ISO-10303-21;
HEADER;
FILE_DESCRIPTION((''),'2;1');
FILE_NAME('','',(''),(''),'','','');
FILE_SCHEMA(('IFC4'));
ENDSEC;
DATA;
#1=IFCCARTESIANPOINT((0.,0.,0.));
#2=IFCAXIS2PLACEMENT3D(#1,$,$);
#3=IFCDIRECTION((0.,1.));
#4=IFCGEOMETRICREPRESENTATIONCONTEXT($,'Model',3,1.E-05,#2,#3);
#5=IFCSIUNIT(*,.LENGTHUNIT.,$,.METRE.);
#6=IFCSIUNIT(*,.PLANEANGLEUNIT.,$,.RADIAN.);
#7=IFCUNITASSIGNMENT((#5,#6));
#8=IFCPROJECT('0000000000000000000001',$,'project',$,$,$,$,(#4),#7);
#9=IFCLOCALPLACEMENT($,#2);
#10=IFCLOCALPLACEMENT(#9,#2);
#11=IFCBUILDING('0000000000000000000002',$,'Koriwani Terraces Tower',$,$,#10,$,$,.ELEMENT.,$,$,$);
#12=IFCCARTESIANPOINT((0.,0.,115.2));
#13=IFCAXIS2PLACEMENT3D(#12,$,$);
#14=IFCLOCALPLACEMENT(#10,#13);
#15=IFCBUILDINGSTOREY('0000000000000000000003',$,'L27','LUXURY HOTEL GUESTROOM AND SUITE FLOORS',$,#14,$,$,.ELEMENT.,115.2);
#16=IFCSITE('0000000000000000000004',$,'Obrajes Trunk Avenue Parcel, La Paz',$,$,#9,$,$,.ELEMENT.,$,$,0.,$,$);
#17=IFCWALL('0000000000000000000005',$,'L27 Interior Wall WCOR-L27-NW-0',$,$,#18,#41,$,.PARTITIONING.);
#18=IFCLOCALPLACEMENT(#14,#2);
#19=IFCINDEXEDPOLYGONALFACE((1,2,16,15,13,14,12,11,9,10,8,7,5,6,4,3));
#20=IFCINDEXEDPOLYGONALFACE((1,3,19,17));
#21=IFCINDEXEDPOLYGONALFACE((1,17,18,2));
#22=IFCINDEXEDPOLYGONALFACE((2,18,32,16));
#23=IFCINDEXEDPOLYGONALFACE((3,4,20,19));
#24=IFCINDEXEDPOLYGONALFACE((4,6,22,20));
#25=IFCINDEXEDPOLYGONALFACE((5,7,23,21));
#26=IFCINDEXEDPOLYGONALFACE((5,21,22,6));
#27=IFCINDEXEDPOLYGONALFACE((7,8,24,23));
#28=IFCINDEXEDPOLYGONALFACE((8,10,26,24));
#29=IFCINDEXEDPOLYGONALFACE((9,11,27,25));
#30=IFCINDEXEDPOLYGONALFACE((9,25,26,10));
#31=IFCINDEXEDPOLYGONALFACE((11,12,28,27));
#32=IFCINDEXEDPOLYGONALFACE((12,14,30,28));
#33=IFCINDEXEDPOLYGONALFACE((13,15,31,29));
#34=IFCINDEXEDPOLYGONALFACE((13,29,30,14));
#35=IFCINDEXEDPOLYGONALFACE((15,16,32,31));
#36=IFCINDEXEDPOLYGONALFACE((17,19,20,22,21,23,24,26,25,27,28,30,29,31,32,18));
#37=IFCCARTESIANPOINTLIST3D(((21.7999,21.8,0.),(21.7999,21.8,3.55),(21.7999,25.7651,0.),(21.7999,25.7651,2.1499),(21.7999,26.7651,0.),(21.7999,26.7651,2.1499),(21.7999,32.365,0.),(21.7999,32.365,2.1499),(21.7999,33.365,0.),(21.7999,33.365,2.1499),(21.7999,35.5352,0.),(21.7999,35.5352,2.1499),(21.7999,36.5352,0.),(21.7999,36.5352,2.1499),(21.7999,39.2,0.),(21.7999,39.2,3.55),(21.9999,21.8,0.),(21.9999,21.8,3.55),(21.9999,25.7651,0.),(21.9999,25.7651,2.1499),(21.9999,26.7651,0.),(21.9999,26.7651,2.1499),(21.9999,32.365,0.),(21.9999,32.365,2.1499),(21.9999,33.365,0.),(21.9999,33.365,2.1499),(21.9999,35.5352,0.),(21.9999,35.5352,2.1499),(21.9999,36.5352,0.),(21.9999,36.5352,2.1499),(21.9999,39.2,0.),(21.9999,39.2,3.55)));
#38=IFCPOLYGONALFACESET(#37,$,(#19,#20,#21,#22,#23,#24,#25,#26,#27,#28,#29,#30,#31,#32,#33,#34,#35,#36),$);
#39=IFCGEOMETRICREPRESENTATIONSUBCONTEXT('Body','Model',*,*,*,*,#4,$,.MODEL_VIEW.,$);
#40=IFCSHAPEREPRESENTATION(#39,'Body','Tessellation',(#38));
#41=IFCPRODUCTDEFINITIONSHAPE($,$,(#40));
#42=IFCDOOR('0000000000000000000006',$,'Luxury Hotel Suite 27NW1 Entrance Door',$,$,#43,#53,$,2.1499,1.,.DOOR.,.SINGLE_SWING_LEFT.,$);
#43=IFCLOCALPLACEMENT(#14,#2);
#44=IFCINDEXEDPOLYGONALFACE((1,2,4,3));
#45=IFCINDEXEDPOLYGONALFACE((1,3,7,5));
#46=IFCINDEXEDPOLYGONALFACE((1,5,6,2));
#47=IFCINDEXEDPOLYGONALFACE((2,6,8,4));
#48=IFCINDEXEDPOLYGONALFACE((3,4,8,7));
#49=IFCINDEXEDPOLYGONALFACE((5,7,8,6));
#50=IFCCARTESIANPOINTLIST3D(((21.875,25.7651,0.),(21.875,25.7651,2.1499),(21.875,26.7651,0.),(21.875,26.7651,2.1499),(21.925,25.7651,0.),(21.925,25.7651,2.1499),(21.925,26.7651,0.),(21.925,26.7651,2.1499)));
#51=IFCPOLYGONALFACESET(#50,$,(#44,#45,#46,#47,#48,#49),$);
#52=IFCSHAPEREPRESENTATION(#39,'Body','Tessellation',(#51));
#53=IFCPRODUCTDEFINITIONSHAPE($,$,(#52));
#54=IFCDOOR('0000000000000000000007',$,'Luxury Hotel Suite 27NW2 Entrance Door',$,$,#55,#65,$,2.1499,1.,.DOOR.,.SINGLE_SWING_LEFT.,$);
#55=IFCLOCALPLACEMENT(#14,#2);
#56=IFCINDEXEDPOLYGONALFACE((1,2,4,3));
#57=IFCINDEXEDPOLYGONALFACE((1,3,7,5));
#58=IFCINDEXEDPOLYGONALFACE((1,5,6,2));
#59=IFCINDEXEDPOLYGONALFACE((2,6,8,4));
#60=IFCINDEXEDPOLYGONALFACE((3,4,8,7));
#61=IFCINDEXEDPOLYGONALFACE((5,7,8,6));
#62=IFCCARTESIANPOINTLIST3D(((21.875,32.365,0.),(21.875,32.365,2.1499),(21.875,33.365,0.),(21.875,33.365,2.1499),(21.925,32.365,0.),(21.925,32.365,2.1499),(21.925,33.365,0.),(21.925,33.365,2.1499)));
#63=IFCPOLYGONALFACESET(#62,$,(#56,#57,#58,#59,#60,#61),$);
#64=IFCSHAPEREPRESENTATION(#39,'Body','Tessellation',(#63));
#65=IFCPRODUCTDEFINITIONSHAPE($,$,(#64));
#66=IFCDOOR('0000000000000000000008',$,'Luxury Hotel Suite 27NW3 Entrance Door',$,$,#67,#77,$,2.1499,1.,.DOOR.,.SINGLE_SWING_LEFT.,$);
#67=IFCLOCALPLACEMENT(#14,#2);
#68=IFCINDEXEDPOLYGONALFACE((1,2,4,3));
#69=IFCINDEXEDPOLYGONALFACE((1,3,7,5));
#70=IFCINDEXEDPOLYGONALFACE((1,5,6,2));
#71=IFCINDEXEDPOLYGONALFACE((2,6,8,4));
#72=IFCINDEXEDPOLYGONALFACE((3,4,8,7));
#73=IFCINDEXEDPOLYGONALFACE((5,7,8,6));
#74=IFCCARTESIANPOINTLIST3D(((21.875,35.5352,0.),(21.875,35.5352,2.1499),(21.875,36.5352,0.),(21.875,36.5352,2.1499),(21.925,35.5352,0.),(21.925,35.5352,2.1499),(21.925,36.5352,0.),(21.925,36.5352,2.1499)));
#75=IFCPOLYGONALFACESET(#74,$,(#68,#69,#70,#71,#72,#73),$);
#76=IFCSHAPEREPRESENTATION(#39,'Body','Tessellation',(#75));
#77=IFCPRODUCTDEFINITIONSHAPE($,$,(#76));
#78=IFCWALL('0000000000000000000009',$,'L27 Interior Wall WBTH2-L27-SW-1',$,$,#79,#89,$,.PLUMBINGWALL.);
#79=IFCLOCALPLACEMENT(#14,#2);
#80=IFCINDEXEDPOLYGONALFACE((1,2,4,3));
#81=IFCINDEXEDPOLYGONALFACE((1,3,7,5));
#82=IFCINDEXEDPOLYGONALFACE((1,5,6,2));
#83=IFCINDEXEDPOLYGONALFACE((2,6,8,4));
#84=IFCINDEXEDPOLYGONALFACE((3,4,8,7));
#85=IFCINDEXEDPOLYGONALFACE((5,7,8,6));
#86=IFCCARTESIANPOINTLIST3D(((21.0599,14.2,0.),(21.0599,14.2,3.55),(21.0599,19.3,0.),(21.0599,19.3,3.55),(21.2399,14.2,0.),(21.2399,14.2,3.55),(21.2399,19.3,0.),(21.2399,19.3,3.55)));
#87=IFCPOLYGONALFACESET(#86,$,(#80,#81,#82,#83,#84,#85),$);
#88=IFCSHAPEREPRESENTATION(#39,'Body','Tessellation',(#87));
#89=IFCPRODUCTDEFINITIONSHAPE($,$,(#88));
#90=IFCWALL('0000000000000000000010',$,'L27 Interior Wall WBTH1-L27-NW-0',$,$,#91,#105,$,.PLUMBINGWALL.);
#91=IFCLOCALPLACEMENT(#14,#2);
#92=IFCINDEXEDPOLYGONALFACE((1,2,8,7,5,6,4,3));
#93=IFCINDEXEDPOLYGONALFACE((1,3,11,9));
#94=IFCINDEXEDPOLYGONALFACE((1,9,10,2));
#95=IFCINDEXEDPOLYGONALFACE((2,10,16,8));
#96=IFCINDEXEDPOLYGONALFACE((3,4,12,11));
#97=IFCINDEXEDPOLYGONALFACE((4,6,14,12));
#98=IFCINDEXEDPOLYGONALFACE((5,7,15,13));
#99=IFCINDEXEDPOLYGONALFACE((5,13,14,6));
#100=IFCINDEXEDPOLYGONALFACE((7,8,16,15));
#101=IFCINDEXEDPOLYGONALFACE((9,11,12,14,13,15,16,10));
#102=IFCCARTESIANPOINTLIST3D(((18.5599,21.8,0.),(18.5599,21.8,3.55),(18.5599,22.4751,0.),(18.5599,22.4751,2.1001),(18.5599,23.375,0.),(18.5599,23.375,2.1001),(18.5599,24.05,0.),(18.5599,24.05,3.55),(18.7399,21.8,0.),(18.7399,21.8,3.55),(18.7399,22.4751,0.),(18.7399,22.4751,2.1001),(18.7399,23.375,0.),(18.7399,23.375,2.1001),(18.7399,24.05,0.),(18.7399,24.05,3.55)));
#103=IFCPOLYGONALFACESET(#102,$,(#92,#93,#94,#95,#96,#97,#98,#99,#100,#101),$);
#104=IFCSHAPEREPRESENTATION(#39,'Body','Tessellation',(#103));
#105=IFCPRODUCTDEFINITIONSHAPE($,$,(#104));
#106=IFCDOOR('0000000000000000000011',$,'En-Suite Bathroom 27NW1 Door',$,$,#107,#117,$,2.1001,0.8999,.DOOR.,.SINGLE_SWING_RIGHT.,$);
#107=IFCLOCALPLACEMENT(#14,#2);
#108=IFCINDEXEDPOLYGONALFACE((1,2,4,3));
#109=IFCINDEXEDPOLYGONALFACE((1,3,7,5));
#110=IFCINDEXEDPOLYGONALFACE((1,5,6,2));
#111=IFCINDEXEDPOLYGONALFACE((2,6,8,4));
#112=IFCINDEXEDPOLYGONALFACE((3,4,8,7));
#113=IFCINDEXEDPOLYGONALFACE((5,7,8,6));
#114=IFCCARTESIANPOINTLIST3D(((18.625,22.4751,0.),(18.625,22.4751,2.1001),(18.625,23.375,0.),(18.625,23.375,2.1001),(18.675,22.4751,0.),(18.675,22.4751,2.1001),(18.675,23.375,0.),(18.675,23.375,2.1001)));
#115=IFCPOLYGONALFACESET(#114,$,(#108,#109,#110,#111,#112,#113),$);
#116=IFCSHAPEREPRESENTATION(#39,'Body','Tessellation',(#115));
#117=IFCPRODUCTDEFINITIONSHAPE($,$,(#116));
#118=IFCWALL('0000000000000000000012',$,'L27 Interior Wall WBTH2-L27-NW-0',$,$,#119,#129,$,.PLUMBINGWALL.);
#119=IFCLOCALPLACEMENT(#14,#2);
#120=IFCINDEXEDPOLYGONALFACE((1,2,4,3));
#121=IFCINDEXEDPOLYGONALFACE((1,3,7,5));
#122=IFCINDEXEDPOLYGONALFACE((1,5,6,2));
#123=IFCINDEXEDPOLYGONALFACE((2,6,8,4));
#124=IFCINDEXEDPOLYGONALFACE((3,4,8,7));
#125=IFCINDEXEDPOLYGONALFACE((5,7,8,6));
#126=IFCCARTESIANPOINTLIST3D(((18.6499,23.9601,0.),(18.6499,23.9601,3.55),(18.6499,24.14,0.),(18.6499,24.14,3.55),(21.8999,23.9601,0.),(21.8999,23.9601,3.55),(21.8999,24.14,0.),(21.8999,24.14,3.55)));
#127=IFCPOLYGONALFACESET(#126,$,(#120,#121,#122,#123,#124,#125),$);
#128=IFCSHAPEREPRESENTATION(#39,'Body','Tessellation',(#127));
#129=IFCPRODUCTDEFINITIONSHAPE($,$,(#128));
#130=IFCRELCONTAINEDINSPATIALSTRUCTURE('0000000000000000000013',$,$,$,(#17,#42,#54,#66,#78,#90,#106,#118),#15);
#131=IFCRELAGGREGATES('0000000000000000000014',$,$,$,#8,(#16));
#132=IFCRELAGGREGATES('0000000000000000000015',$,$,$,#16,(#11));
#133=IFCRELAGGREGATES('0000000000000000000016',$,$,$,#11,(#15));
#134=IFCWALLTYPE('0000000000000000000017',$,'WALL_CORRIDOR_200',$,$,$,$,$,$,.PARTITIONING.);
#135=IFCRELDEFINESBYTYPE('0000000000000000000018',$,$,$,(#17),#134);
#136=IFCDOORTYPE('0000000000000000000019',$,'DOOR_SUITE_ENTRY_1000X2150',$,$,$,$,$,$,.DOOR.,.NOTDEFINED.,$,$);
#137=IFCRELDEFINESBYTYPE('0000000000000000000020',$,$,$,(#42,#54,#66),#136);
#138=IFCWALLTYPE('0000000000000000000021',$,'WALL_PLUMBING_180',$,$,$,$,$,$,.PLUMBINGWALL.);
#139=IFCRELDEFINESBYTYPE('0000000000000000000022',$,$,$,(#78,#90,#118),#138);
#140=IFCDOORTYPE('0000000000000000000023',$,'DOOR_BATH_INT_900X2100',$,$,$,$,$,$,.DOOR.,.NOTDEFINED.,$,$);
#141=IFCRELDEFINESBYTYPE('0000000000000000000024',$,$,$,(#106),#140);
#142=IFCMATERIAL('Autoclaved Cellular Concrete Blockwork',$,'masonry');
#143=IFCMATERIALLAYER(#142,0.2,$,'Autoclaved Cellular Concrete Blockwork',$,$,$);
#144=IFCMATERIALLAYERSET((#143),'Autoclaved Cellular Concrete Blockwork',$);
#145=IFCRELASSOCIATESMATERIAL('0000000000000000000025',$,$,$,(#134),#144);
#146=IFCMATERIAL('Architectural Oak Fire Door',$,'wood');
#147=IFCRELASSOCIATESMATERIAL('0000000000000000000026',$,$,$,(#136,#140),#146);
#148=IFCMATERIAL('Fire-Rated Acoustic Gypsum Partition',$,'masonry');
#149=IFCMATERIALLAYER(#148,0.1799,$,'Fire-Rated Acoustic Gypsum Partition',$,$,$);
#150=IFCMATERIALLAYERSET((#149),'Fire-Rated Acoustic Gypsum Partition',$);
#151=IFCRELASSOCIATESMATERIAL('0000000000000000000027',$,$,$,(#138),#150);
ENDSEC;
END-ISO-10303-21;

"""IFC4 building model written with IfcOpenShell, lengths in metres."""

from ifc_helpers import new_model, si_unit, direction, frame, frame_2d, origin, place, context, subcontext, project, spatial, rectangle, extrude, material, layer, layer_set, type_object, element, fill, save


model = new_model("IFC4")

# Units and contexts
model_context = context("Model", 3, precision=1e-05, world=origin(), true_north=direction((0.0, 1.0)))
body_context = subcontext(model_context, "Body", "Model", "MODEL_VIEW")
ifc_project = project(units=[si_unit("LENGTHUNIT", "METRE"), si_unit("PLANEANGLEUNIT", "RADIAN")], contexts=[model_context])

# Site, building, storey
site_placement = place(None, origin())
site = spatial("IfcSite", under=ifc_project, at=site_placement, Name="Obrajes Trunk Avenue Parcel, La Paz", CompositionType="ELEMENT", RefElevation=0.0)
building_placement = place(site_placement, origin())
building = spatial("IfcBuilding", under=site, at=building_placement, Name="Koriwani Terraces Tower", CompositionType="ELEMENT")
storey_placement = place(building_placement, frame((0.0, 0.0, 115.2)))
storey = spatial("IfcBuildingStorey", under=building, at=storey_placement, Name="L27", Description="LUXURY HOTEL GUESTROOM AND SUITE FLOORS", CompositionType="ELEMENT", Elevation=115.2)

# Shared definitions
ifc_material_1 = material(Name="Autoclaved Cellular Concrete Blockwork", Category="masonry")
ifc_layer_1 = layer(ifc_material_1, 0.2, Name="Autoclaved Cellular Concrete Blockwork")
ifc_layer_set_1 = layer_set([ifc_layer_1], Name="Autoclaved Cellular Concrete Blockwork")
wall_type_1 = type_object("IfcWallType", Name="WALL_CORRIDOR_200", PredefinedType="PARTITIONING", material=ifc_layer_set_1)
ifc_material_2 = material(Name="Architectural Oak Fire Door", Category="wood")

# Wall, openings, doors
wall_1_placement = place(storey_placement, frame((21.8999, 21.8, 0.0), z_axis=(0.0, 0.0, 1.0), x_axis=(0.0, 1.0, 0.0)))
wall_1 = element("IfcWall", 1, at=wall_1_placement, inside=storey, type_object=wall_type_1, Name="L27 Interior Wall WCOR-L27-NW-0", PredefinedType="PARTITIONING", context=body_context, shape_type="SweptSolid", body=[
    extrude(rectangle(XDim=17.3999, YDim=0.2, at=frame_2d((8.7, 0.0))), origin(), (0.0, 0.0, 1.0), 3.55),
])
opening_1_placement = place(wall_1_placement, frame((3.9651, 0.0, 0.0)))
opening_1 = element("IfcOpeningElement", 2, at=opening_1_placement, cuts=wall_1, PredefinedType="OPENING", context=body_context, shape_type="SweptSolid", body=[
    extrude(rectangle(XDim=1.0, YDim=2.1499, at=frame_2d((0.5, 1.075))), frame((0.0, 0.1099, 0.0), z_axis=(0.0, -1.0, 0.0), x_axis=(1.0, 0.0, 0.0)), (0.0, 0.0, 1.0), 0.22),
])
opening_2_placement = place(wall_1_placement, frame((10.5649, 0.0, 0.0)))
opening_2 = element("IfcOpeningElement", 3, at=opening_2_placement, cuts=wall_1, PredefinedType="OPENING", context=body_context, shape_type="SweptSolid", body=[
    extrude(rectangle(XDim=1.0, YDim=2.1499, at=frame_2d((0.5, 1.075))), frame((0.0, 0.1099, 0.0), z_axis=(0.0, -1.0, 0.0), x_axis=(1.0, 0.0, 0.0)), (0.0, 0.0, 1.0), 0.22),
])
opening_3_placement = place(wall_1_placement, frame((13.7351, 0.0, 0.0)))
opening_3 = element("IfcOpeningElement", 4, at=opening_3_placement, cuts=wall_1, PredefinedType="OPENING", context=body_context, shape_type="SweptSolid", body=[
    extrude(rectangle(XDim=1.0, YDim=2.1499, at=frame_2d((0.5, 1.075))), frame((0.0, 0.1099, 0.0), z_axis=(0.0, -1.0, 0.0), x_axis=(1.0, 0.0, 0.0)), (0.0, 0.0, 1.0), 0.22),
])
door_type_1 = type_object("IfcDoorType", Name="DOOR_SUITE_ENTRY_1000X2150", OperationType="NOTDEFINED", PredefinedType="DOOR", material=ifc_material_2)
door_1_placement = place(opening_1_placement, origin())
door_1 = element("IfcDoor", 5, at=door_1_placement, inside=storey, type_object=door_type_1, Name="Luxury Hotel Suite 27NW1 Entrance Door", OperationType="SINGLE_SWING_LEFT", OverallHeight=2.1499, OverallWidth=1.0, PredefinedType="DOOR", context=body_context, shape_type="SweptSolid", body=[
    extrude(rectangle(XDim=1.0, YDim=2.1499, at=frame_2d((0.5, 1.075))), frame((0.0, 0.0249, 0.0), z_axis=(0.0, -1.0, 0.0), x_axis=(1.0, 0.0, 0.0)), (0.0, 0.0, 1.0), 0.05),
])
fill(opening_1, door_1)
door_2_placement = place(opening_2_placement, origin())
door_2 = element("IfcDoor", 6, at=door_2_placement, inside=storey, type_object=door_type_1, Name="Luxury Hotel Suite 27NW2 Entrance Door", OperationType="SINGLE_SWING_LEFT", OverallHeight=2.1499, OverallWidth=1.0, PredefinedType="DOOR", context=body_context, shape_type="SweptSolid", body=[
    extrude(rectangle(XDim=1.0, YDim=2.1499, at=frame_2d((0.5, 1.075))), frame((0.0, 0.0249, 0.0), z_axis=(0.0, -1.0, 0.0), x_axis=(1.0, 0.0, 0.0)), (0.0, 0.0, 1.0), 0.05),
])
fill(opening_2, door_2)
door_3_placement = place(opening_3_placement, origin())
door_3 = element("IfcDoor", 7, at=door_3_placement, inside=storey, type_object=door_type_1, Name="Luxury Hotel Suite 27NW3 Entrance Door", OperationType="SINGLE_SWING_LEFT", OverallHeight=2.1499, OverallWidth=1.0, PredefinedType="DOOR", context=body_context, shape_type="SweptSolid", body=[
    extrude(rectangle(XDim=1.0, YDim=2.1499, at=frame_2d((0.5, 1.075))), frame((0.0, 0.0249, 0.0), z_axis=(0.0, -1.0, 0.0), x_axis=(1.0, 0.0, 0.0)), (0.0, 0.0, 1.0), 0.05),
])
fill(opening_3, door_3)

# Wall
ifc_material_3 = material(Name="Fire-Rated Acoustic Gypsum Partition", Category="masonry")
ifc_layer_2 = layer(ifc_material_3, 0.1799, Name="Fire-Rated Acoustic Gypsum Partition")
ifc_layer_set_2 = layer_set([ifc_layer_2], Name="Fire-Rated Acoustic Gypsum Partition")
wall_type_2 = type_object("IfcWallType", Name="WALL_PLUMBING_180", PredefinedType="PLUMBINGWALL", material=ifc_layer_set_2)
wall_2_placement = place(storey_placement, frame((21.1499, 14.2, 0.0), z_axis=(0.0, 0.0, 1.0), x_axis=(0.0, 1.0, 0.0)))
element("IfcWall", 8, at=wall_2_placement, inside=storey, type_object=wall_type_2, Name="L27 Interior Wall WBTH2-L27-SW-1", PredefinedType="PLUMBINGWALL", context=body_context, shape_type="SweptSolid", body=[
    extrude(rectangle(XDim=5.1001, YDim=0.1799, at=frame_2d((2.55, 0.0))), origin(), (0.0, 0.0, 1.0), 3.55),
])

# Wall, opening, door
wall_3_placement = place(storey_placement, frame((18.6499, 21.8, 0.0), z_axis=(0.0, 0.0, 1.0), x_axis=(0.0, 1.0, 0.0)))
wall_3 = element("IfcWall", 9, at=wall_3_placement, inside=storey, type_object=wall_type_2, Name="L27 Interior Wall WBTH1-L27-NW-0", PredefinedType="PLUMBINGWALL", context=body_context, shape_type="SweptSolid", body=[
    extrude(rectangle(XDim=2.25, YDim=0.1799, at=frame_2d((1.125, 0.0))), origin(), (0.0, 0.0, 1.0), 3.55),
])
opening_4_placement = place(wall_3_placement, frame((0.675, 0.0, 0.0)))
opening_4 = element("IfcOpeningElement", 10, at=opening_4_placement, cuts=wall_3, PredefinedType="OPENING", context=body_context, shape_type="SweptSolid", body=[
    extrude(rectangle(XDim=0.8999, YDim=2.1001, at=frame_2d((0.45, 1.05))), frame((0.0, 0.1001, 0.0), z_axis=(0.0, -1.0, 0.0), x_axis=(1.0, 0.0, 0.0)), (0.0, 0.0, 1.0), 0.2),
])
door_type_2 = type_object("IfcDoorType", Name="DOOR_BATH_INT_900X2100", OperationType="NOTDEFINED", PredefinedType="DOOR", material=ifc_material_2)
door_4_placement = place(opening_4_placement, origin())
door_4 = element("IfcDoor", 11, at=door_4_placement, inside=storey, type_object=door_type_2, Name="En-Suite Bathroom 27NW1 Door", OperationType="SINGLE_SWING_RIGHT", OverallHeight=2.1001, OverallWidth=0.8999, PredefinedType="DOOR", context=body_context, shape_type="SweptSolid", body=[
    extrude(rectangle(XDim=0.8999, YDim=2.1001, at=frame_2d((0.45, 1.05))), frame((0.0, 0.0249, 0.0), z_axis=(0.0, -1.0, 0.0), x_axis=(1.0, 0.0, 0.0)), (0.0, 0.0, 1.0), 0.05),
])
fill(opening_4, door_4)

# Wall
wall_4_placement = place(storey_placement, frame((18.6499, 24.05, 0.0), z_axis=(0.0, 0.0, 1.0), x_axis=(1.0, 0.0, 0.0)))
element("IfcWall", 12, at=wall_4_placement, inside=storey, type_object=wall_type_2, Name="L27 Interior Wall WBTH2-L27-NW-0", PredefinedType="PLUMBINGWALL", context=body_context, shape_type="SweptSolid", body=[
    extrude(rectangle(XDim=3.25, YDim=0.1799, at=frame_2d((1.625, 0.0))), origin(), (0.0, 0.0, 1.0), 3.55),
])

save(model, "model.ifc")
